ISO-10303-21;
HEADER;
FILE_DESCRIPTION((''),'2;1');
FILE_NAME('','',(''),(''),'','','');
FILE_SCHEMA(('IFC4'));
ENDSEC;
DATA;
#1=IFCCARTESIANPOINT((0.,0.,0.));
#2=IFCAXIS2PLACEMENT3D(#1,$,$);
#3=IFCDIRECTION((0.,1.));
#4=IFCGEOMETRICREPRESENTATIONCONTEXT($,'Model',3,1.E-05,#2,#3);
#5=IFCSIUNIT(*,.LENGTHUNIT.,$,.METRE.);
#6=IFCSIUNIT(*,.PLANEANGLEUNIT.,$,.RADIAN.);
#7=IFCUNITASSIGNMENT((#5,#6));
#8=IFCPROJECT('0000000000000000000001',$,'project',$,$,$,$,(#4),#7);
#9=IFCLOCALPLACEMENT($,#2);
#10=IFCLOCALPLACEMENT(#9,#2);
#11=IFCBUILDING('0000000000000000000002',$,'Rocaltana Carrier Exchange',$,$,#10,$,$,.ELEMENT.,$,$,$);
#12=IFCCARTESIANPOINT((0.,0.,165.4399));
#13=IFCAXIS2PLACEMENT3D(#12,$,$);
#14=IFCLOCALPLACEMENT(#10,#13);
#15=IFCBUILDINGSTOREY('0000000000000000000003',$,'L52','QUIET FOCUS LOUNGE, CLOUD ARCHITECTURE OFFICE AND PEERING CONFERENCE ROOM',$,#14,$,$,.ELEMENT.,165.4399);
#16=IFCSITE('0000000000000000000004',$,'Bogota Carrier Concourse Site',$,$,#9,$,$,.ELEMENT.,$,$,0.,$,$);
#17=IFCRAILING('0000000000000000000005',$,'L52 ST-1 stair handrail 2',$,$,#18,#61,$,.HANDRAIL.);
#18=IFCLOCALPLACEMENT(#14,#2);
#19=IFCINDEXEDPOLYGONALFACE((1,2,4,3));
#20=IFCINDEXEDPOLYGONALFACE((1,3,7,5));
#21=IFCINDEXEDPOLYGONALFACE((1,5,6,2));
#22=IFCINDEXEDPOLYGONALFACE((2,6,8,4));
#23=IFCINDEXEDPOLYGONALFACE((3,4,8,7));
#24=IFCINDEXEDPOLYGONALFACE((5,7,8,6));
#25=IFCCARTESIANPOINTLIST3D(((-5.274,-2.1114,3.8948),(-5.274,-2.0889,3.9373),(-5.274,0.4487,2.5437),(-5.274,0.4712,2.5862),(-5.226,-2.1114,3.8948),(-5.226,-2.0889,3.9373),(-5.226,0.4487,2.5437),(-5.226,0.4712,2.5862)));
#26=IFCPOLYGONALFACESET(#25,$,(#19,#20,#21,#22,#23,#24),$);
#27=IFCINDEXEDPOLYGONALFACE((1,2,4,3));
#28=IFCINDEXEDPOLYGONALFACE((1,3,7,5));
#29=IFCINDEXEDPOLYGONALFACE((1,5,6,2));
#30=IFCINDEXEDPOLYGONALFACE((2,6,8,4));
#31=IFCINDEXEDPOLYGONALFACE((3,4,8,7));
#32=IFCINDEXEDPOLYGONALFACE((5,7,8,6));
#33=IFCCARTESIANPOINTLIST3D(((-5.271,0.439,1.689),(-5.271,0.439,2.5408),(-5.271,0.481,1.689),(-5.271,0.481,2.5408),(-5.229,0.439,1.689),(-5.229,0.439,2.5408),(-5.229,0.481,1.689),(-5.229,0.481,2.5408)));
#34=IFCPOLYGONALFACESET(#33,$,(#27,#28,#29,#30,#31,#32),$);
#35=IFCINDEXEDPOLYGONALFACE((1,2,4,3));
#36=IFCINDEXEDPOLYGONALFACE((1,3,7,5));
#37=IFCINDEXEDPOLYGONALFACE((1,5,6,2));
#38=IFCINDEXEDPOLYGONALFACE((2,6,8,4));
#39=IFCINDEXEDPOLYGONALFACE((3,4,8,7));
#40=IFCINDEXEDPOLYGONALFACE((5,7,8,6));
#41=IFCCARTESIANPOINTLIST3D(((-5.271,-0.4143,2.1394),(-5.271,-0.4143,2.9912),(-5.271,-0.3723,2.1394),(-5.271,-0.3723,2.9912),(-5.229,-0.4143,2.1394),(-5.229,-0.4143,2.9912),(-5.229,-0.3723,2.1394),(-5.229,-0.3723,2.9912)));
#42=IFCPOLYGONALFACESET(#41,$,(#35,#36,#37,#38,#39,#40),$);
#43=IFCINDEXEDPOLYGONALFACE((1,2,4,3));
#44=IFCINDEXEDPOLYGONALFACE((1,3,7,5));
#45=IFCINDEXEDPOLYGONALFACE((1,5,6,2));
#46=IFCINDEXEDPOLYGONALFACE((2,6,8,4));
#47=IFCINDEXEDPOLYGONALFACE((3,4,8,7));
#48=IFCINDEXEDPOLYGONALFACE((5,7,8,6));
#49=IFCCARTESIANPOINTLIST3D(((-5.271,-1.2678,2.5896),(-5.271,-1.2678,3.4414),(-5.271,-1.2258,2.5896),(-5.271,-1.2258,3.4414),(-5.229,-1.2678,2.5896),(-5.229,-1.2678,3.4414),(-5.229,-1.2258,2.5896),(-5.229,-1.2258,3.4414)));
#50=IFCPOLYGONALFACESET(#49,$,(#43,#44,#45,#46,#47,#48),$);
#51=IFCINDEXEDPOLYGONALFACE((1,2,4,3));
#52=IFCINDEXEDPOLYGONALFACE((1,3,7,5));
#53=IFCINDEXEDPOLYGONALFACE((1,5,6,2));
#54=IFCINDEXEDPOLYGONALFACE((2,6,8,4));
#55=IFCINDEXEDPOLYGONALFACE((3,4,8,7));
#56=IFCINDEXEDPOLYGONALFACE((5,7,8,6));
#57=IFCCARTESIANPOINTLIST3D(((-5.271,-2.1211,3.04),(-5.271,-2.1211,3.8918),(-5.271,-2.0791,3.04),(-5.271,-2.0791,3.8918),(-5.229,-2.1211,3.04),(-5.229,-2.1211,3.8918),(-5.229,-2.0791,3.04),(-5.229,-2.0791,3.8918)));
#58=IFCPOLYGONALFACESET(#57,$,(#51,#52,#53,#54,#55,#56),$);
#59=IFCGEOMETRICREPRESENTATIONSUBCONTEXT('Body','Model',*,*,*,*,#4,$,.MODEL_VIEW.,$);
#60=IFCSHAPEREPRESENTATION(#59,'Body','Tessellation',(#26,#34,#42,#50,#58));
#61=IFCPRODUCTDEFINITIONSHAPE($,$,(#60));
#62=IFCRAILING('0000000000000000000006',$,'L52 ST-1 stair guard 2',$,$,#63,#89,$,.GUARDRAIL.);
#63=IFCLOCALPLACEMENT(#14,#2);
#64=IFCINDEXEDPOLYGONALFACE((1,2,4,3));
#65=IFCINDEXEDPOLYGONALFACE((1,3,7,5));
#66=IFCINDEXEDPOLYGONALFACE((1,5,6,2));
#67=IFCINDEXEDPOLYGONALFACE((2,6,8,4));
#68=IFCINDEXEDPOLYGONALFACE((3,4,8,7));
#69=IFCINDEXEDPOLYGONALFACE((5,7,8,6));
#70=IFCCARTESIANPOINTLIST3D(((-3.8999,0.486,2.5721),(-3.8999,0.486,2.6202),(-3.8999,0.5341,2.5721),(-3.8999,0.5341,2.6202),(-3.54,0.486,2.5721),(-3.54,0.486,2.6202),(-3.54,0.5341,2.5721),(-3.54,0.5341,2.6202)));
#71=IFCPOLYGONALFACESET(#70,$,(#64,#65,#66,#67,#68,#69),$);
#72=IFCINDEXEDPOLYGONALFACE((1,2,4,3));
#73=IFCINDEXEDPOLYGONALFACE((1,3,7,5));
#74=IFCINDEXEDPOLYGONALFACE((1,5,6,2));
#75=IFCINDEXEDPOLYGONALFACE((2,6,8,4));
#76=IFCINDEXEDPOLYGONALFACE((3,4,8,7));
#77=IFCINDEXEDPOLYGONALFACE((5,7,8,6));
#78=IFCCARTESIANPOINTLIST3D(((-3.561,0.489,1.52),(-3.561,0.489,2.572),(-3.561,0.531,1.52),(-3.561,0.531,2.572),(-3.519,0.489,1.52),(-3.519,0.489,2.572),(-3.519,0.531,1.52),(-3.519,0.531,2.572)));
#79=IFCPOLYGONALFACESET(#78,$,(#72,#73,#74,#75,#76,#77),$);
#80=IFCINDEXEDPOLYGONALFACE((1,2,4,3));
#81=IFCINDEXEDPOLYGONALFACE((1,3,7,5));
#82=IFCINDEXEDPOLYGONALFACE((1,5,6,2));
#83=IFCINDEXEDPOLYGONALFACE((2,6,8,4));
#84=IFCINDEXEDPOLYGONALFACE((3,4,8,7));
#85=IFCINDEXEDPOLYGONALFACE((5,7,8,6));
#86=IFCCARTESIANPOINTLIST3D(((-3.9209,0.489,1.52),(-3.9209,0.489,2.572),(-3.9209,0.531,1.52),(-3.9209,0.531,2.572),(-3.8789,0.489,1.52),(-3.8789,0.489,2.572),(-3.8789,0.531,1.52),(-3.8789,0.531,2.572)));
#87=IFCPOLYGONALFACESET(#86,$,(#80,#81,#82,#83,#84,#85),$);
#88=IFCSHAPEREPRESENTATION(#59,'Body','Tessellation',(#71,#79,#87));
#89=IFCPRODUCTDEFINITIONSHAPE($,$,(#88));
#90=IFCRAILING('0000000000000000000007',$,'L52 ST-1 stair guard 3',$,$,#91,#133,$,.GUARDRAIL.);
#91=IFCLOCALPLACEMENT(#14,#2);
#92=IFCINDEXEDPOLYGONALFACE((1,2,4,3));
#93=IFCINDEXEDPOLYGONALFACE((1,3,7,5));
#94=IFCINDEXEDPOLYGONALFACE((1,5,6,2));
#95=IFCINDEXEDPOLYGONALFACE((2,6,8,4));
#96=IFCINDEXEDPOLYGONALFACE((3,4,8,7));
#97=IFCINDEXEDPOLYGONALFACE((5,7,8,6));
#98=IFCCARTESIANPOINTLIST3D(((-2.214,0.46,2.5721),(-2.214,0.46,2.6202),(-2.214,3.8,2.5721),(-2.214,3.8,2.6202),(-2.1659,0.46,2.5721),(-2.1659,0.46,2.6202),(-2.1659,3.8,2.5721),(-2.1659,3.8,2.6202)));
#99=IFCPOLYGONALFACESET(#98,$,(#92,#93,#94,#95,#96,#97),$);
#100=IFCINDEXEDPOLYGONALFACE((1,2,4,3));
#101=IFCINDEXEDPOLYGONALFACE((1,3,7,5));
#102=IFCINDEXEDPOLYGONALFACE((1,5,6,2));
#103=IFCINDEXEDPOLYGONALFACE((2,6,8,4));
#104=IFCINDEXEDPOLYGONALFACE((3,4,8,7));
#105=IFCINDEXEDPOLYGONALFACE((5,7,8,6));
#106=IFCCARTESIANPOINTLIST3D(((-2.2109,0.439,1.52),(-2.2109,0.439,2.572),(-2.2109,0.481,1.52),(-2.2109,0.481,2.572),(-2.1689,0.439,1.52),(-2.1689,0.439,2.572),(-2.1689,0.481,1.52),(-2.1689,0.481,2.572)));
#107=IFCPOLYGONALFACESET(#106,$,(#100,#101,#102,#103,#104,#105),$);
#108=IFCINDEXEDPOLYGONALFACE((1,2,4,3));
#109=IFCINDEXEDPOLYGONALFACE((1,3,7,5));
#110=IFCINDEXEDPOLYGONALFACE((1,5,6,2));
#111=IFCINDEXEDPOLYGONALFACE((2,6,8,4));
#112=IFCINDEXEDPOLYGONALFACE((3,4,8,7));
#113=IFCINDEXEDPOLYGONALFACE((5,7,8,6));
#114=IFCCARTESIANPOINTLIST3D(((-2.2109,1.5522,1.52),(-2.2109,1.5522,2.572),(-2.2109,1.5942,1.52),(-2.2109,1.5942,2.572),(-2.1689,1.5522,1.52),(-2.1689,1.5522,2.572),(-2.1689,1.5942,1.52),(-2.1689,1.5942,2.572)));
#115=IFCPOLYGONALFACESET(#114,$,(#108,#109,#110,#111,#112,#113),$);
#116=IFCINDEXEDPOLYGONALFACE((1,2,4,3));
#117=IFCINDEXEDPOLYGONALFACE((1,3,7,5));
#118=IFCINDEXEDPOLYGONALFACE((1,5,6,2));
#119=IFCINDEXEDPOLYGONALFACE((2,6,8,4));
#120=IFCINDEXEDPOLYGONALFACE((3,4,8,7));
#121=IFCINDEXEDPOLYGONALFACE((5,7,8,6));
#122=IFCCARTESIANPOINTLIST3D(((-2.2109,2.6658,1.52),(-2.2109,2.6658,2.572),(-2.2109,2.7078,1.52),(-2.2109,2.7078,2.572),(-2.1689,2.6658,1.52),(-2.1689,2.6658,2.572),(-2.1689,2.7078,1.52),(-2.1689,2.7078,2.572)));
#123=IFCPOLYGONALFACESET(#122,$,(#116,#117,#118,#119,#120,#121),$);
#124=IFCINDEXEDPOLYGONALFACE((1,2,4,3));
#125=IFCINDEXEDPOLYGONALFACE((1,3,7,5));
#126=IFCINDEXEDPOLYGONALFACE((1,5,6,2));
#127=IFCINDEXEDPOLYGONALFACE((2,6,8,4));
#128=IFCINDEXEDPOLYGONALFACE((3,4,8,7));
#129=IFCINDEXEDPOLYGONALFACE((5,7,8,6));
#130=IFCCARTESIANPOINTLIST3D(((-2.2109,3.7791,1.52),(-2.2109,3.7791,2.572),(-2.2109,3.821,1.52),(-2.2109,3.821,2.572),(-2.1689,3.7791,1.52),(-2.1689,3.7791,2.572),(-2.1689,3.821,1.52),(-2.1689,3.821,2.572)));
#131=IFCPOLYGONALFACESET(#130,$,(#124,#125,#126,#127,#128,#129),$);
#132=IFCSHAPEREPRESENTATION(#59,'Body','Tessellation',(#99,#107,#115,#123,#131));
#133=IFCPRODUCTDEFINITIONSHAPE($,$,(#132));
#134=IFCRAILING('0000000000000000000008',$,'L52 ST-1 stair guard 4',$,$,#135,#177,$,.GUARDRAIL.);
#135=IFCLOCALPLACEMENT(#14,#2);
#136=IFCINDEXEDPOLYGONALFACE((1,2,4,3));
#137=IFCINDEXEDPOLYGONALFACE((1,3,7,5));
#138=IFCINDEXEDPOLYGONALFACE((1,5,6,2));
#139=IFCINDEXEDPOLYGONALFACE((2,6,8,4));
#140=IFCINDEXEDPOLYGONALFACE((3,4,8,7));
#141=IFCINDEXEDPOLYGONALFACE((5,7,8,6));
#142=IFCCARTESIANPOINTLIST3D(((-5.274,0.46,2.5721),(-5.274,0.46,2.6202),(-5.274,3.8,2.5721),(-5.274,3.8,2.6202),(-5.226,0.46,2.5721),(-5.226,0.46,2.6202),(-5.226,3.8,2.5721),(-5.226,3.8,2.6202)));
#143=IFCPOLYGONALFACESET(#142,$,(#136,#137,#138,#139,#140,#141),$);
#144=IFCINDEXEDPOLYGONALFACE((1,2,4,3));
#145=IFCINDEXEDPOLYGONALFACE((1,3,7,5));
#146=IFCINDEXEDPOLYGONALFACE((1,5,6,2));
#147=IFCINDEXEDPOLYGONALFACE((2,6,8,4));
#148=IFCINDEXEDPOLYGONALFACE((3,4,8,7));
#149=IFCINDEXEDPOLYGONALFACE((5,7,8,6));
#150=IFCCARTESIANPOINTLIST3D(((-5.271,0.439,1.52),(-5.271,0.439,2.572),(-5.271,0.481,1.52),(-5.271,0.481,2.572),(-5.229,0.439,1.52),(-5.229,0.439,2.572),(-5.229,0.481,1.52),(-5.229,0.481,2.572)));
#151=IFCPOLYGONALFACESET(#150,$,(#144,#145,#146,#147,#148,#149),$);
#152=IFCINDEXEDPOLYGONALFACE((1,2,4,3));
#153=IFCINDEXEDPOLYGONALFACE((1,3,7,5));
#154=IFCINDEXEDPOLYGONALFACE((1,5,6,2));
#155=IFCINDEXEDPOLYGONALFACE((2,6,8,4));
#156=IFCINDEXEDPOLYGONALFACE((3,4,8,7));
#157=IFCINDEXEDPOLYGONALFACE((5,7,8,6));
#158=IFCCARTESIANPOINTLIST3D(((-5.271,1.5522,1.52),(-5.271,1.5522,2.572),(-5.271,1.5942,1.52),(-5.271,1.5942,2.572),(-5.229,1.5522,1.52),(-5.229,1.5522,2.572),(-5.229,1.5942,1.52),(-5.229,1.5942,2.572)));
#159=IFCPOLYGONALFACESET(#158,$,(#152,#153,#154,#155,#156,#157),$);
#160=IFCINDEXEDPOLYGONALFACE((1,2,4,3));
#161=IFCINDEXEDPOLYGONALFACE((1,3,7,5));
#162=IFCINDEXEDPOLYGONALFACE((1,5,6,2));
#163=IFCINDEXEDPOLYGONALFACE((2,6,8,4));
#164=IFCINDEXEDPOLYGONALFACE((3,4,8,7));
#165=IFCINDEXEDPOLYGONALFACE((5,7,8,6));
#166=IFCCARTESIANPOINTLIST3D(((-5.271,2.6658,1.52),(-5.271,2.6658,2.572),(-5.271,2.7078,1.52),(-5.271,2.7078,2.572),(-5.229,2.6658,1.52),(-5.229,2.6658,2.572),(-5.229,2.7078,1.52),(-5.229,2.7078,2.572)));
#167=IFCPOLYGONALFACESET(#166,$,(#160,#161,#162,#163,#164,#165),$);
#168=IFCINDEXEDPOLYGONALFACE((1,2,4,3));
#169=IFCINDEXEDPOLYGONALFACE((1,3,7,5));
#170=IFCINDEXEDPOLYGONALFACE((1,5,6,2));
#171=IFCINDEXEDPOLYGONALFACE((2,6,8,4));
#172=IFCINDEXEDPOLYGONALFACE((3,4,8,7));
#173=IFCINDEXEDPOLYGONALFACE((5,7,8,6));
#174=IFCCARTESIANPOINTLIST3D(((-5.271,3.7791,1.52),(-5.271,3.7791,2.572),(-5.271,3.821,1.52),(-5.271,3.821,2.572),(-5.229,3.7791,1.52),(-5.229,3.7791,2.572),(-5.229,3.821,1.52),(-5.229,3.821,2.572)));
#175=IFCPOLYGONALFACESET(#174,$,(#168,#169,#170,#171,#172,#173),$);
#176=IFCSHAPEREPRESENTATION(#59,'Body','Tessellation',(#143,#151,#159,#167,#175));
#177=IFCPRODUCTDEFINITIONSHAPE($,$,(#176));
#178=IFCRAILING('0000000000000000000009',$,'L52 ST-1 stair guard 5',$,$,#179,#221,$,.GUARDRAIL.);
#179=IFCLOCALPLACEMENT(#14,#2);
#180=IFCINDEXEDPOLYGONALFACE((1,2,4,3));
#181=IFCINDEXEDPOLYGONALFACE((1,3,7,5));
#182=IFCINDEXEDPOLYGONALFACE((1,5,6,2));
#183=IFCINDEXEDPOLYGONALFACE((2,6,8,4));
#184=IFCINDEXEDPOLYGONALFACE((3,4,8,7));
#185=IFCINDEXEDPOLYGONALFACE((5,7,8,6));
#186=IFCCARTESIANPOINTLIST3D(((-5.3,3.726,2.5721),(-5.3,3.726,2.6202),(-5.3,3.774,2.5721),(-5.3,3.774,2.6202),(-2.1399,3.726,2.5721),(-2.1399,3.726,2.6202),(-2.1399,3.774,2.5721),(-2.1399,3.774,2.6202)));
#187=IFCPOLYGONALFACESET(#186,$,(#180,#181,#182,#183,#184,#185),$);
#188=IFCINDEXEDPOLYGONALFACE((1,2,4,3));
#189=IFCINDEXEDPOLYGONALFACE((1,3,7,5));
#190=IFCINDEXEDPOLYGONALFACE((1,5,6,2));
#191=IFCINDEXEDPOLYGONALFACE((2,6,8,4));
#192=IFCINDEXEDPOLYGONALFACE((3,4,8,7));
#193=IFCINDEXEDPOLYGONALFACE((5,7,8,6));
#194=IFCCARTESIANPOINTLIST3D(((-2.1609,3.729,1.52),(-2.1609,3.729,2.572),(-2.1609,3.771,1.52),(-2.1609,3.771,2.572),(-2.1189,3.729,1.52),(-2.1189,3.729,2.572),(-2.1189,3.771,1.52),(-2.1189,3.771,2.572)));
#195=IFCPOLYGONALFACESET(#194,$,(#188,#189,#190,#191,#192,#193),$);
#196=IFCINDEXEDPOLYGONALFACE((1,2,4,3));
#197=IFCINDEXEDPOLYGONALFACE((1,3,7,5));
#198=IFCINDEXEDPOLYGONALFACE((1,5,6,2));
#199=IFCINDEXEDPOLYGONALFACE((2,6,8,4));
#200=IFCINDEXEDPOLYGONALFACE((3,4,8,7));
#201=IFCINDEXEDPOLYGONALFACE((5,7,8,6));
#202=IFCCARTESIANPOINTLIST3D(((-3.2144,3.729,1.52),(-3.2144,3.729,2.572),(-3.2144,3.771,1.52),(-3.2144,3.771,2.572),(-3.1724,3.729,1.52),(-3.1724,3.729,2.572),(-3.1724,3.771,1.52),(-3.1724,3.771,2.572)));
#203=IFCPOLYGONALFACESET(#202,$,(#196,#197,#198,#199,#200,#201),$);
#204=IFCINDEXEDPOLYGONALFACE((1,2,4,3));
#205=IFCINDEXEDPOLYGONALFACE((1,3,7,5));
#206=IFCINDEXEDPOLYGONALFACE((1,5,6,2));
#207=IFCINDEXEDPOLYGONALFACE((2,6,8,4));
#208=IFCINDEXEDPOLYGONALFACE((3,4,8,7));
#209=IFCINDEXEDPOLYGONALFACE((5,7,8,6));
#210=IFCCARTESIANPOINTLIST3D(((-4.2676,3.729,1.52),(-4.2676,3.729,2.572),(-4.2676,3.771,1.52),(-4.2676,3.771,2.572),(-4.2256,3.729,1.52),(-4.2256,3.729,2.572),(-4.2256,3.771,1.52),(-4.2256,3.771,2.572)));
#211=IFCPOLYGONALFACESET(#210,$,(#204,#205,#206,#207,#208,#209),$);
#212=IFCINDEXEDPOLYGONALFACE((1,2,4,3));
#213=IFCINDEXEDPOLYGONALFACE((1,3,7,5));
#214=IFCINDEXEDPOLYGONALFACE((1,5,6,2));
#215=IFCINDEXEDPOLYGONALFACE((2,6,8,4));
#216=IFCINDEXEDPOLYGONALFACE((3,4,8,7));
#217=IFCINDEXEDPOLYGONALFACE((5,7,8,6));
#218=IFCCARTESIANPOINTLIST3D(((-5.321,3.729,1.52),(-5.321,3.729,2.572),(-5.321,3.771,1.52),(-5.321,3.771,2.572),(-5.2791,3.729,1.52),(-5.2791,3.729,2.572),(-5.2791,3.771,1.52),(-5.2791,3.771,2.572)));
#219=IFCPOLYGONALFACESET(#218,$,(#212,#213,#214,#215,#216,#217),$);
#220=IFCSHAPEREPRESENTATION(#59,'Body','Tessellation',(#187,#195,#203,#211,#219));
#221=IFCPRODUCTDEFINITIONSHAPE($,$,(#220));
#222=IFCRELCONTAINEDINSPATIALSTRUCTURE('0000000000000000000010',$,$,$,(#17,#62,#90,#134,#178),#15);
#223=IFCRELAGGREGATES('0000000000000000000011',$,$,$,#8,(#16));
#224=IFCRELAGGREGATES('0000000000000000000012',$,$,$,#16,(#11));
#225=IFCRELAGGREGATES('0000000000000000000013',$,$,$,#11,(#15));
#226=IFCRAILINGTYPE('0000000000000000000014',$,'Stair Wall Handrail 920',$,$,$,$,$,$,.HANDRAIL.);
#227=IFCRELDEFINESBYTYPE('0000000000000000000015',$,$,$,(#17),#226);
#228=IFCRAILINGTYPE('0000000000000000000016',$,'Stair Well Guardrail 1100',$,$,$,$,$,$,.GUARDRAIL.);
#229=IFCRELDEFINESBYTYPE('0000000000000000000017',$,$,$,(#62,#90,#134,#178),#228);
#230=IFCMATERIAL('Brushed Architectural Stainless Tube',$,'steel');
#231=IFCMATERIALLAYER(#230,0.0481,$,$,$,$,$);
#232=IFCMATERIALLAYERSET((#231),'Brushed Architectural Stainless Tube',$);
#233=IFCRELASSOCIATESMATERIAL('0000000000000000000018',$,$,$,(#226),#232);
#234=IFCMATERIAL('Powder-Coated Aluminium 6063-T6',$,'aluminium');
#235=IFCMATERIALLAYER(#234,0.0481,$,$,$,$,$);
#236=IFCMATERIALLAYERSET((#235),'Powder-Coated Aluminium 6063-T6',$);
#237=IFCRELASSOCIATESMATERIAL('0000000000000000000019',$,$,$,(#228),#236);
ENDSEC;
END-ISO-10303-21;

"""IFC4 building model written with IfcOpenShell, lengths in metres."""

from ifc_helpers import new_model, si_unit, direction, frame, origin, origin_2d, place, context, subcontext, project, spatial, rectangle, extrude, material, layer, layer_set, type_object, element, save


model = new_model("IFC4")

# Units and contexts
model_context = context("Model", 3, precision=1e-05, world=origin(), true_north=direction((0.0, 1.0)))
body_context = subcontext(model_context, "Body", "Model", "MODEL_VIEW")
ifc_project = project(units=[si_unit("LENGTHUNIT", "METRE"), si_unit("PLANEANGLEUNIT", "RADIAN")], contexts=[model_context])

# Site, building, storey
site_placement = place(None, origin())
site = spatial("IfcSite", under=ifc_project, at=site_placement, Name="Bogota Carrier Concourse Site", CompositionType="ELEMENT", RefElevation=0.0)
building_placement = place(site_placement, origin())
building = spatial("IfcBuilding", under=site, at=building_placement, Name="Rocaltana Carrier Exchange", CompositionType="ELEMENT")
storey_placement = place(building_placement, frame((0.0, 0.0, 165.4399)))
storey = spatial("IfcBuildingStorey", under=building, at=storey_placement, Name="L52", Description="QUIET FOCUS LOUNGE, CLOUD ARCHITECTURE OFFICE AND PEERING CONFERENCE ROOM", CompositionType="ELEMENT", Elevation=165.4399)

# Railings
ifc_material_1 = material(Name="Brushed Architectural Stainless Tube", Category="steel")
ifc_layer_1 = layer(ifc_material_1, 0.0481)
ifc_layer_set_1 = layer_set([ifc_layer_1], Name="Brushed Architectural Stainless Tube")
railing_type_1 = type_object("IfcRailingType", Name="Stair Wall Handrail 920", PredefinedType="HANDRAIL", material=ifc_layer_set_1)
railing_1_placement = place(storey_placement, frame((-5.25, 0.46, 1.689)))
element("IfcRailing", 1, at=railing_1_placement, inside=storey, type_object=railing_type_1, Name="L52 ST-1 stair handrail 2", PredefinedType="HANDRAIL", context=body_context, shape_type="SweptSolid", body=[
    extrude(rectangle(XDim=0.0481, YDim=0.0481, at=origin_2d()), frame((0.0, 0.0, 0.876), z_axis=(0.0, -0.884394, 0.46674), x_axis=(1.0, 0.0, 0.0)), (0.0, 0.0, 1.0), 2.8948),
    extrude(rectangle(XDim=0.042, YDim=0.042, at=origin_2d()), origin(), (0.0, 0.0, 1.0), 0.8518),
    extrude(rectangle(XDim=0.042, YDim=0.042, at=origin_2d()), frame((0.0, -0.8533, 0.4504)), (0.0, 0.0, 1.0), 0.8518),
    extrude(rectangle(XDim=0.042, YDim=0.042, at=origin_2d()), frame((0.0, -1.7068, 0.9006)), (0.0, 0.0, 1.0), 0.8518),
    extrude(rectangle(XDim=0.042, YDim=0.042, at=origin_2d()), frame((0.0, -2.5601, 1.3511)), (0.0, 0.0, 1.0), 0.8518),
])
ifc_material_2 = material(Name="Powder-Coated Aluminium 6063-T6", Category="aluminium")
ifc_layer_2 = layer(ifc_material_2, 0.0481)
ifc_layer_set_2 = layer_set([ifc_layer_2], Name="Powder-Coated Aluminium 6063-T6")
railing_type_2 = type_object("IfcRailingType", Name="Stair Well Guardrail 1100", PredefinedType="GUARDRAIL", material=ifc_layer_set_2)
railing_2_placement = place(storey_placement, frame((-3.54, 0.51, 1.52)))
element("IfcRailing", 2, at=railing_2_placement, inside=storey, type_object=railing_type_2, Name="L52 ST-1 stair guard 2", PredefinedType="GUARDRAIL", context=body_context, shape_type="SweptSolid", body=[
    extrude(rectangle(XDim=0.0481, YDim=0.0481, at=origin_2d()), frame((0.0, 0.0, 1.0762), z_axis=(-1.0, 0.0, 0.0), x_axis=(0.0, -1.0, 0.0)), (0.0, 0.0, 1.0), 0.3599),
    extrude(rectangle(XDim=0.042, YDim=0.042, at=origin_2d()), origin(), (0.0, 0.0, 1.0), 1.052),
    extrude(rectangle(XDim=0.042, YDim=0.042, at=origin_2d()), frame((-0.3599, 0.0, 0.0)), (0.0, 0.0, 1.0), 1.052),
])
for number, where, name in (
    (3, (-2.1899, 0.46, 1.52), "L52 ST-1 stair guard 3"),
    (4, (-5.25, 0.46, 1.52), "L52 ST-1 stair guard 4"),
):
    element("IfcRailing", number, at=place(storey_placement, frame(where)), inside=storey, type_object=railing_type_2, Name=name, PredefinedType="GUARDRAIL", context=body_context, shape_type="SweptSolid", body=[
        extrude(rectangle(XDim=0.0481, YDim=0.0481, at=origin_2d()), frame((0.0, 0.0, 1.0762), z_axis=(0.0, 1.0, 0.0), x_axis=(-1.0, 0.0, 0.0)), (0.0, 0.0, 1.0), 3.3401),
        extrude(rectangle(XDim=0.042, YDim=0.042, at=origin_2d()), origin(), (0.0, 0.0, 1.0), 1.052),
        extrude(rectangle(XDim=0.042, YDim=0.042, at=origin_2d()), frame((0.0, 1.1133, 0.0)), (0.0, 0.0, 1.0), 1.052),
        extrude(rectangle(XDim=0.042, YDim=0.042, at=origin_2d()), frame((0.0, 2.2268, 0.0)), (0.0, 0.0, 1.0), 1.052),
        extrude(rectangle(XDim=0.042, YDim=0.042, at=origin_2d()), frame((0.0, 3.3401, 0.0)), (0.0, 0.0, 1.0), 1.052),
    ])
railing_3_placement = place(storey_placement, frame((-2.1399, 3.75, 1.52)))
element("IfcRailing", 5, at=railing_3_placement, inside=storey, type_object=railing_type_2, Name="L52 ST-1 stair guard 5", PredefinedType="GUARDRAIL", context=body_context, shape_type="SweptSolid", body=[
    extrude(rectangle(XDim=0.0481, YDim=0.0481, at=origin_2d()), frame((0.0, 0.0, 1.0762), z_axis=(-1.0, 0.0, 0.0), x_axis=(0.0, -1.0, 0.0)), (0.0, 0.0, 1.0), 3.1602),
    extrude(rectangle(XDim=0.042, YDim=0.042, at=origin_2d()), origin(), (0.0, 0.0, 1.0), 1.052),
    extrude(rectangle(XDim=0.042, YDim=0.042, at=origin_2d()), frame((-1.0535, 0.0, 0.0)), (0.0, 0.0, 1.0), 1.052),
    extrude(rectangle(XDim=0.042, YDim=0.042, at=origin_2d()), frame((-2.1067, 0.0, 0.0)), (0.0, 0.0, 1.0), 1.052),
    extrude(rectangle(XDim=0.042, YDim=0.042, at=origin_2d()), frame((-3.1602, 0.0, 0.0)), (0.0, 0.0, 1.0), 1.052),
])

save(model, "model.ifc")
